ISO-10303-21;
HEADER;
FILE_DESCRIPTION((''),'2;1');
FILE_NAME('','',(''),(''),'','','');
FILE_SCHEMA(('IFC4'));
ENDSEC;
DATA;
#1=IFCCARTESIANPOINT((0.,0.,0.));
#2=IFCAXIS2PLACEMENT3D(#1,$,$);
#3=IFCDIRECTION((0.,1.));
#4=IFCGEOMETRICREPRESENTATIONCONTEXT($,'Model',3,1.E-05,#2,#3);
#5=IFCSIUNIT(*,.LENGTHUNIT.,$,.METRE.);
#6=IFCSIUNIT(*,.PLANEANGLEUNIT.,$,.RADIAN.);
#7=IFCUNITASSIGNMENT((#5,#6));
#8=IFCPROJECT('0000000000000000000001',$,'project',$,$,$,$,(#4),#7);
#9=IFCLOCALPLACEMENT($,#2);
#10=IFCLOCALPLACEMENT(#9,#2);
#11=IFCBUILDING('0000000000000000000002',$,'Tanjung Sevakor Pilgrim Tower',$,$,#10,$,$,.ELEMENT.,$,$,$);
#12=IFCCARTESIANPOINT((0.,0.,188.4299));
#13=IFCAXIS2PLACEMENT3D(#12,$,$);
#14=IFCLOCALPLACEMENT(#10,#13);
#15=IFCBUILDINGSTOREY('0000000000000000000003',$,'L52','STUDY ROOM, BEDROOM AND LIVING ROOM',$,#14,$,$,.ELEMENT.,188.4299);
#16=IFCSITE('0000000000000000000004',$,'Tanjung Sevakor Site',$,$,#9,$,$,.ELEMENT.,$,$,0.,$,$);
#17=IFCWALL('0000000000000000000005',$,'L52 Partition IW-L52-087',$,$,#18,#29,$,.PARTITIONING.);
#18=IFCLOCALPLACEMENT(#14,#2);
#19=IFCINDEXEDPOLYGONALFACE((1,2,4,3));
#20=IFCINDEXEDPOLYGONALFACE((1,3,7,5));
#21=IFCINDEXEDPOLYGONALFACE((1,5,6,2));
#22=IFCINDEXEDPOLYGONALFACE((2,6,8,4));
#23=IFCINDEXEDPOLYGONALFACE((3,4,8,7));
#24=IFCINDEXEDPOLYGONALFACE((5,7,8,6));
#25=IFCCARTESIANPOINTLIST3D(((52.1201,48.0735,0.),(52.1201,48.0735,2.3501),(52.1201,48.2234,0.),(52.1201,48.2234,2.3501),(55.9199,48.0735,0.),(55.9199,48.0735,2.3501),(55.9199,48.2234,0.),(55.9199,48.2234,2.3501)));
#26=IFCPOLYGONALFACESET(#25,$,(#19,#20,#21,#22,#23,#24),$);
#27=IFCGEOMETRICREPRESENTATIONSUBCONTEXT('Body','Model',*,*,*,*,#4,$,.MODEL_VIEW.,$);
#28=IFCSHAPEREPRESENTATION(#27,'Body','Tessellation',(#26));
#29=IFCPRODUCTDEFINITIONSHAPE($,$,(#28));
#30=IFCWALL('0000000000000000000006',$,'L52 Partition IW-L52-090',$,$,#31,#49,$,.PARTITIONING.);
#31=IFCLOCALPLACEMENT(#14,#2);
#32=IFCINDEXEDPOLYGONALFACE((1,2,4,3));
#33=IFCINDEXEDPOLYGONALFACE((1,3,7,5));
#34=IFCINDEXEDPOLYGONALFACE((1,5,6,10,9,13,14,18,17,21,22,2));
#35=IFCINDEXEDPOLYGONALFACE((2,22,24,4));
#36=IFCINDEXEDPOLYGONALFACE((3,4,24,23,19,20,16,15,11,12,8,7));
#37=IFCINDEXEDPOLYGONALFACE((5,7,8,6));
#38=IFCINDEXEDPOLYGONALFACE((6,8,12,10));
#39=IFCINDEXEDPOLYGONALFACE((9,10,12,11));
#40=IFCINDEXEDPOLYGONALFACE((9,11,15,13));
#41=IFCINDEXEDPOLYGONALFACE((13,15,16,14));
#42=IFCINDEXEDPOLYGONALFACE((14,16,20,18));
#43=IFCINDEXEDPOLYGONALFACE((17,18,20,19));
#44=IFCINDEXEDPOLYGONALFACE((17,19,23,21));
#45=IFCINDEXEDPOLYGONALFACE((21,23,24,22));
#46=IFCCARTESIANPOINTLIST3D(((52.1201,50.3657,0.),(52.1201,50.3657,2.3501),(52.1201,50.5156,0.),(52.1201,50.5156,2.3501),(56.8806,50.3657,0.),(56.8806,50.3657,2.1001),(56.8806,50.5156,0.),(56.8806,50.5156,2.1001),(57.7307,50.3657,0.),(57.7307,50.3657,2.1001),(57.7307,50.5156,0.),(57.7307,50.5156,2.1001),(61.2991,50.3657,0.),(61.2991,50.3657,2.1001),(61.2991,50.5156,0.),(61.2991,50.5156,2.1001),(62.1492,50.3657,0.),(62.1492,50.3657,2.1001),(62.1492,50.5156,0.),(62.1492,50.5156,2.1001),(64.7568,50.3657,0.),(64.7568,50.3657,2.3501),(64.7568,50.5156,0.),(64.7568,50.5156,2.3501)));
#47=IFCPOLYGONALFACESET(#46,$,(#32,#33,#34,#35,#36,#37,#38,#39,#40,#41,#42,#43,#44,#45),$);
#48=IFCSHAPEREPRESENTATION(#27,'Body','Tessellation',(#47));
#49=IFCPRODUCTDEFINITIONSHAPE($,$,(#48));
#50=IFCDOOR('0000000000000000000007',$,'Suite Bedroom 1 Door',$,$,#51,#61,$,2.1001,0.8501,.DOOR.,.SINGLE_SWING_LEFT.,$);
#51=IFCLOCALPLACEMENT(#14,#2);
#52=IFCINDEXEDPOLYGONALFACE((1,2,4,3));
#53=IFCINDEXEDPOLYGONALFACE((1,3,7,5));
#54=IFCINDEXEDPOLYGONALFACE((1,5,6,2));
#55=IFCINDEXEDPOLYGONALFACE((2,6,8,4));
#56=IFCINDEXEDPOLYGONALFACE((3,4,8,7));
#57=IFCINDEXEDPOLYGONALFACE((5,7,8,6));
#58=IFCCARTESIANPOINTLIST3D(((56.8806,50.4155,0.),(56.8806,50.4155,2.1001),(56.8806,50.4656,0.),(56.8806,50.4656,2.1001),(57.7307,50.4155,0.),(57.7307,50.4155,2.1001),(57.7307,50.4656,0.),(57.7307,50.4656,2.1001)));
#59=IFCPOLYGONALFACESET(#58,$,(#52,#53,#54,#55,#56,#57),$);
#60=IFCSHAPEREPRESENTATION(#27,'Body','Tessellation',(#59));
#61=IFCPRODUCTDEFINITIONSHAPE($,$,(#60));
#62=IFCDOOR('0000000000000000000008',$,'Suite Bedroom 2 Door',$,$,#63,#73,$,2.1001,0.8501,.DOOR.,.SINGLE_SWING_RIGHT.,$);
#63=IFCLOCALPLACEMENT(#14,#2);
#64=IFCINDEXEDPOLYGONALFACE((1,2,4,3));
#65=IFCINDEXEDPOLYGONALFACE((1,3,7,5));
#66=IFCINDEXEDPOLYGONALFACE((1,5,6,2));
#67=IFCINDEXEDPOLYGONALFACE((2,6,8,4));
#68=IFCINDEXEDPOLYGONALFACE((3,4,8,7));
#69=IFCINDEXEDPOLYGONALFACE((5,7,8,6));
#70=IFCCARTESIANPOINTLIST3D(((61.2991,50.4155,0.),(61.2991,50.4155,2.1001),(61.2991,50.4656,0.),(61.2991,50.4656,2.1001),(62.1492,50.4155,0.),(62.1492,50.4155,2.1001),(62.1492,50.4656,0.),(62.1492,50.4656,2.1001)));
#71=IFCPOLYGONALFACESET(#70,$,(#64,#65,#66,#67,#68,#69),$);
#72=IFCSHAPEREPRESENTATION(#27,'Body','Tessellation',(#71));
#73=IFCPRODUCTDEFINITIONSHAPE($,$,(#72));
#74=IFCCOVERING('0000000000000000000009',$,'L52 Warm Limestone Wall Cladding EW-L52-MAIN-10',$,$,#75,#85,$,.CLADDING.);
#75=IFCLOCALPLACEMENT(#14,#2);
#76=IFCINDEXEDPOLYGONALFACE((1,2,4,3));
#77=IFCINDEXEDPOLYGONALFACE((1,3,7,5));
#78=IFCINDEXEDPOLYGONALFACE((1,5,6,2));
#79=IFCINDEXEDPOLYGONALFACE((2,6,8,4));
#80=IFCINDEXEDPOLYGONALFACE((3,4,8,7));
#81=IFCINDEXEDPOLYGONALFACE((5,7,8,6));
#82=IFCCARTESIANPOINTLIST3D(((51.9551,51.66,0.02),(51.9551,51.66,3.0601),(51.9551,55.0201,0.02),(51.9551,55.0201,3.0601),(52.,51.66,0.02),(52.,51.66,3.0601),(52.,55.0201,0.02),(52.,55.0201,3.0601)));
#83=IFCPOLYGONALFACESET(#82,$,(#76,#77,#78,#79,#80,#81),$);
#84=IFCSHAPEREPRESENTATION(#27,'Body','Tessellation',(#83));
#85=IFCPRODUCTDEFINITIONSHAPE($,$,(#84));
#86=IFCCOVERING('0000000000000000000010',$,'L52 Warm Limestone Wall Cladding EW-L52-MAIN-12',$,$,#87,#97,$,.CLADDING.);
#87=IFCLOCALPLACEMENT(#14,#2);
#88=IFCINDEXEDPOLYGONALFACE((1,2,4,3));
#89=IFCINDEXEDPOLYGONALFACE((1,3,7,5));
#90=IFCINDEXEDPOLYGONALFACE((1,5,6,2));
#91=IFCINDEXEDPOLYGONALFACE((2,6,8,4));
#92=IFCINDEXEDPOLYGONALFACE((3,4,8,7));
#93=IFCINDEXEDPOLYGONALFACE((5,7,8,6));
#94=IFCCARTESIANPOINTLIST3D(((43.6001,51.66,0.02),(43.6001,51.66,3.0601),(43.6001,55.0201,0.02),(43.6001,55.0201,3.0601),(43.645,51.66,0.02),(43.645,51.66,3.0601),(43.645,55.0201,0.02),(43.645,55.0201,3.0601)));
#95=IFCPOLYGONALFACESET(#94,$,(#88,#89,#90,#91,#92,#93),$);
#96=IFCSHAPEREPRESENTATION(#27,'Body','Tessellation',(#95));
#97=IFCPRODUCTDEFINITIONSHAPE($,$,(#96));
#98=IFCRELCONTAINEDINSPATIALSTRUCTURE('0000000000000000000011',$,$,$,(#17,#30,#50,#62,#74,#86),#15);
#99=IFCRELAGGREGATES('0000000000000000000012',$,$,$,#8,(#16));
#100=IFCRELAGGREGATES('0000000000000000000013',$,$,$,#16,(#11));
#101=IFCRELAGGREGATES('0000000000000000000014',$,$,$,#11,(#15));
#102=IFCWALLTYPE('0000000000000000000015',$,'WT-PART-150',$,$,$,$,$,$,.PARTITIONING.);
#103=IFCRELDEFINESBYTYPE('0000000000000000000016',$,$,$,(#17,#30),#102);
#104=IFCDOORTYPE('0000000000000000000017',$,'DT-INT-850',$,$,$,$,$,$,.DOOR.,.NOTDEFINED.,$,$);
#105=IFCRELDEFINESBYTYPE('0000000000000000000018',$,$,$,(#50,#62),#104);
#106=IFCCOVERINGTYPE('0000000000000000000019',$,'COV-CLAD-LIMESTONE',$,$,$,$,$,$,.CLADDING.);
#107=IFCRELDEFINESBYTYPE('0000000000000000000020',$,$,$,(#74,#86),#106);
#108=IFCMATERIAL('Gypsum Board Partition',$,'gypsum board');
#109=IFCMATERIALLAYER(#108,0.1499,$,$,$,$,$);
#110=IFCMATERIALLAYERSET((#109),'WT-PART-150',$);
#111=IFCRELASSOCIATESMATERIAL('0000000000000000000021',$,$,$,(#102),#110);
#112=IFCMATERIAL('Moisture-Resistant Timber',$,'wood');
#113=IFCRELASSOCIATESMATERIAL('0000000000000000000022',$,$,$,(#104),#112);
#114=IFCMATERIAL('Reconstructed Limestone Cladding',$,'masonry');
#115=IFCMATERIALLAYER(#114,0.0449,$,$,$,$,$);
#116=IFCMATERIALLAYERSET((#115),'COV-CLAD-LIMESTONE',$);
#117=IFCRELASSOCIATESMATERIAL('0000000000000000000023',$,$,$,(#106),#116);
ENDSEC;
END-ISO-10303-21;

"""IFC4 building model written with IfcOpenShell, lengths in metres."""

from ifc_helpers import new_model, si_unit, direction, frame, frame_2d, origin, origin_2d, place, context, subcontext, project, spatial, rectangle, extrude, material, layer, layer_set, type_object, element, fill, save


model = new_model("IFC4")

# Units and contexts
model_context = context("Model", 3, precision=1e-05, world=origin(), true_north=direction((0.0, 1.0)))
body_context = subcontext(model_context, "Body", "Model", "MODEL_VIEW")
ifc_project = project(units=[si_unit("LENGTHUNIT", "METRE"), si_unit("PLANEANGLEUNIT", "RADIAN")], contexts=[model_context])

# Site, building, storey
site_placement = place(None, origin())
site = spatial("IfcSite", under=ifc_project, at=site_placement, Name="Tanjung Sevakor Site", CompositionType="ELEMENT", RefElevation=0.0)
building_placement = place(site_placement, origin())
building = spatial("IfcBuilding", under=site, at=building_placement, Name="Tanjung Sevakor Pilgrim Tower", CompositionType="ELEMENT")
storey_placement = place(building_placement, frame((0.0, 0.0, 188.4299)))
storey = spatial("IfcBuildingStorey", under=building, at=storey_placement, Name="L52", Description="STUDY ROOM, BEDROOM AND LIVING ROOM", CompositionType="ELEMENT", Elevation=188.4299)

# Wall
ifc_material_1 = material(Name="Gypsum Board Partition", Category="gypsum board")
ifc_layer_1 = layer(ifc_material_1, 0.1499)
ifc_layer_set_1 = layer_set([ifc_layer_1], Name="WT-PART-150")
wall_type_1 = type_object("IfcWallType", Name="WT-PART-150", PredefinedType="PARTITIONING", material=ifc_layer_set_1)
wall_1_placement = place(storey_placement, frame((52.1201, 48.1484, 0.0), z_axis=(0.0, 0.0, 1.0), x_axis=(1.0, 0.0, 0.0)))
element("IfcWall", 1, at=wall_1_placement, inside=storey, type_object=wall_type_1, Name="L52 Partition IW-L52-087", PredefinedType="PARTITIONING", context=body_context, shape_type="SweptSolid", body=[
    extrude(rectangle(XDim=3.7998, YDim=0.1499, at=frame_2d((1.8999, 0.0))), origin(), (0.0, 0.0, 1.0), 2.3501),
])

# Wall, openings, doors
wall_2_placement = place(storey_placement, frame((52.1201, 50.4407, 0.0), z_axis=(0.0, 0.0, 1.0), x_axis=(1.0, 0.0, 0.0)))
wall_2 = element("IfcWall", 2, at=wall_2_placement, inside=storey, type_object=wall_type_1, Name="L52 Partition IW-L52-090", PredefinedType="PARTITIONING", context=body_context, shape_type="SweptSolid", body=[
    extrude(rectangle(XDim=12.6367, YDim=0.1499, at=frame_2d((6.3184, 0.0))), origin(), (0.0, 0.0, 1.0), 2.3501),
])
opening_1_placement = place(wall_2_placement, frame((4.7605, 0.0, 0.0)))
opening_1 = element("IfcOpeningElement", 3, at=opening_1_placement, cuts=wall_2, PredefinedType="OPENING", context=body_context, shape_type="SweptSolid", body=[
    extrude(rectangle(XDim=0.8501, YDim=2.1001, at=frame_2d((0.425, 1.05))), frame((0.0, 0.085, 0.0), z_axis=(0.0, -1.0, 0.0), x_axis=(1.0, 0.0, 0.0)), (0.0, 0.0, 1.0), 0.1699),
])
opening_2_placement = place(wall_2_placement, frame((9.179, 0.0, 0.0)))
opening_2 = element("IfcOpeningElement", 4, at=opening_2_placement, cuts=wall_2, PredefinedType="OPENING", context=body_context, shape_type="SweptSolid", body=[
    extrude(rectangle(XDim=0.8501, YDim=2.1001, at=frame_2d((0.425, 1.05))), frame((0.0, 0.085, 0.0), z_axis=(0.0, -1.0, 0.0), x_axis=(1.0, 0.0, 0.0)), (0.0, 0.0, 1.0), 0.1699),
])
ifc_material_2 = material(Name="Moisture-Resistant Timber", Category="wood")
door_type_1 = type_object("IfcDoorType", Name="DT-INT-850", OperationType="NOTDEFINED", PredefinedType="DOOR", material=ifc_material_2)
door_1_placement = place(opening_1_placement, origin())
door_1 = element("IfcDoor", 5, at=door_1_placement, inside=storey, type_object=door_type_1, Name="Suite Bedroom 1 Door", OperationType="SINGLE_SWING_LEFT", OverallHeight=2.1001, OverallWidth=0.8501, PredefinedType="DOOR", context=body_context, shape_type="SweptSolid", body=[
    extrude(rectangle(XDim=0.8501, YDim=2.1001, at=frame_2d((0.425, 1.05))), frame((0.0, 0.0249, 0.0), z_axis=(0.0, -1.0, 0.0), x_axis=(1.0, 0.0, 0.0)), (0.0, 0.0, 1.0), 0.05),
])
fill(opening_1, door_1)
door_2_placement = place(opening_2_placement, origin())
door_2 = element("IfcDoor", 6, at=door_2_placement, inside=storey, type_object=door_type_1, Name="Suite Bedroom 2 Door", OperationType="SINGLE_SWING_RIGHT", OverallHeight=2.1001, OverallWidth=0.8501, PredefinedType="DOOR", context=body_context, shape_type="SweptSolid", body=[
    extrude(rectangle(XDim=0.8501, YDim=2.1001, at=frame_2d((0.425, 1.05))), frame((0.0, 0.0249, 0.0), z_axis=(0.0, -1.0, 0.0), x_axis=(1.0, 0.0, 0.0)), (0.0, 0.0, 1.0), 0.05),
])
fill(opening_2, door_2)

# Coverings
ifc_material_3 = material(Name="Reconstructed Limestone Cladding", Category="masonry")
ifc_layer_2 = layer(ifc_material_3, 0.0449)
ifc_layer_set_2 = layer_set([ifc_layer_2], Name="COV-CLAD-LIMESTONE")
covering_type = type_object("IfcCoveringType", Name="COV-CLAD-LIMESTONE", PredefinedType="CLADDING", material=ifc_layer_set_2)
for number, where, z_axis, x_axis, name in (
    (7, (51.9775, 53.3401, 0.02), (0.0, 0.0, 1.0), (0.0, -1.0, 0.0), "L52 Warm Limestone Wall Cladding EW-L52-MAIN-10"),
    (8, (43.6226, 53.3401, 0.02), (0.0, 0.0, 1.0), (0.0, 1.0, 0.0), "L52 Warm Limestone Wall Cladding EW-L52-MAIN-12"),
):
    element("IfcCovering", number, at=place(storey_placement, frame(where, z_axis=z_axis, x_axis=x_axis)), inside=storey, type_object=covering_type, Name=name, PredefinedType="CLADDING", context=body_context, shape_type="SweptSolid", body=[
        extrude(rectangle(XDim=3.3601, YDim=0.0449, at=origin_2d()), origin(), (0.0, 0.0, 1.0), 3.04),
    ])

save(model, "model.ifc")
